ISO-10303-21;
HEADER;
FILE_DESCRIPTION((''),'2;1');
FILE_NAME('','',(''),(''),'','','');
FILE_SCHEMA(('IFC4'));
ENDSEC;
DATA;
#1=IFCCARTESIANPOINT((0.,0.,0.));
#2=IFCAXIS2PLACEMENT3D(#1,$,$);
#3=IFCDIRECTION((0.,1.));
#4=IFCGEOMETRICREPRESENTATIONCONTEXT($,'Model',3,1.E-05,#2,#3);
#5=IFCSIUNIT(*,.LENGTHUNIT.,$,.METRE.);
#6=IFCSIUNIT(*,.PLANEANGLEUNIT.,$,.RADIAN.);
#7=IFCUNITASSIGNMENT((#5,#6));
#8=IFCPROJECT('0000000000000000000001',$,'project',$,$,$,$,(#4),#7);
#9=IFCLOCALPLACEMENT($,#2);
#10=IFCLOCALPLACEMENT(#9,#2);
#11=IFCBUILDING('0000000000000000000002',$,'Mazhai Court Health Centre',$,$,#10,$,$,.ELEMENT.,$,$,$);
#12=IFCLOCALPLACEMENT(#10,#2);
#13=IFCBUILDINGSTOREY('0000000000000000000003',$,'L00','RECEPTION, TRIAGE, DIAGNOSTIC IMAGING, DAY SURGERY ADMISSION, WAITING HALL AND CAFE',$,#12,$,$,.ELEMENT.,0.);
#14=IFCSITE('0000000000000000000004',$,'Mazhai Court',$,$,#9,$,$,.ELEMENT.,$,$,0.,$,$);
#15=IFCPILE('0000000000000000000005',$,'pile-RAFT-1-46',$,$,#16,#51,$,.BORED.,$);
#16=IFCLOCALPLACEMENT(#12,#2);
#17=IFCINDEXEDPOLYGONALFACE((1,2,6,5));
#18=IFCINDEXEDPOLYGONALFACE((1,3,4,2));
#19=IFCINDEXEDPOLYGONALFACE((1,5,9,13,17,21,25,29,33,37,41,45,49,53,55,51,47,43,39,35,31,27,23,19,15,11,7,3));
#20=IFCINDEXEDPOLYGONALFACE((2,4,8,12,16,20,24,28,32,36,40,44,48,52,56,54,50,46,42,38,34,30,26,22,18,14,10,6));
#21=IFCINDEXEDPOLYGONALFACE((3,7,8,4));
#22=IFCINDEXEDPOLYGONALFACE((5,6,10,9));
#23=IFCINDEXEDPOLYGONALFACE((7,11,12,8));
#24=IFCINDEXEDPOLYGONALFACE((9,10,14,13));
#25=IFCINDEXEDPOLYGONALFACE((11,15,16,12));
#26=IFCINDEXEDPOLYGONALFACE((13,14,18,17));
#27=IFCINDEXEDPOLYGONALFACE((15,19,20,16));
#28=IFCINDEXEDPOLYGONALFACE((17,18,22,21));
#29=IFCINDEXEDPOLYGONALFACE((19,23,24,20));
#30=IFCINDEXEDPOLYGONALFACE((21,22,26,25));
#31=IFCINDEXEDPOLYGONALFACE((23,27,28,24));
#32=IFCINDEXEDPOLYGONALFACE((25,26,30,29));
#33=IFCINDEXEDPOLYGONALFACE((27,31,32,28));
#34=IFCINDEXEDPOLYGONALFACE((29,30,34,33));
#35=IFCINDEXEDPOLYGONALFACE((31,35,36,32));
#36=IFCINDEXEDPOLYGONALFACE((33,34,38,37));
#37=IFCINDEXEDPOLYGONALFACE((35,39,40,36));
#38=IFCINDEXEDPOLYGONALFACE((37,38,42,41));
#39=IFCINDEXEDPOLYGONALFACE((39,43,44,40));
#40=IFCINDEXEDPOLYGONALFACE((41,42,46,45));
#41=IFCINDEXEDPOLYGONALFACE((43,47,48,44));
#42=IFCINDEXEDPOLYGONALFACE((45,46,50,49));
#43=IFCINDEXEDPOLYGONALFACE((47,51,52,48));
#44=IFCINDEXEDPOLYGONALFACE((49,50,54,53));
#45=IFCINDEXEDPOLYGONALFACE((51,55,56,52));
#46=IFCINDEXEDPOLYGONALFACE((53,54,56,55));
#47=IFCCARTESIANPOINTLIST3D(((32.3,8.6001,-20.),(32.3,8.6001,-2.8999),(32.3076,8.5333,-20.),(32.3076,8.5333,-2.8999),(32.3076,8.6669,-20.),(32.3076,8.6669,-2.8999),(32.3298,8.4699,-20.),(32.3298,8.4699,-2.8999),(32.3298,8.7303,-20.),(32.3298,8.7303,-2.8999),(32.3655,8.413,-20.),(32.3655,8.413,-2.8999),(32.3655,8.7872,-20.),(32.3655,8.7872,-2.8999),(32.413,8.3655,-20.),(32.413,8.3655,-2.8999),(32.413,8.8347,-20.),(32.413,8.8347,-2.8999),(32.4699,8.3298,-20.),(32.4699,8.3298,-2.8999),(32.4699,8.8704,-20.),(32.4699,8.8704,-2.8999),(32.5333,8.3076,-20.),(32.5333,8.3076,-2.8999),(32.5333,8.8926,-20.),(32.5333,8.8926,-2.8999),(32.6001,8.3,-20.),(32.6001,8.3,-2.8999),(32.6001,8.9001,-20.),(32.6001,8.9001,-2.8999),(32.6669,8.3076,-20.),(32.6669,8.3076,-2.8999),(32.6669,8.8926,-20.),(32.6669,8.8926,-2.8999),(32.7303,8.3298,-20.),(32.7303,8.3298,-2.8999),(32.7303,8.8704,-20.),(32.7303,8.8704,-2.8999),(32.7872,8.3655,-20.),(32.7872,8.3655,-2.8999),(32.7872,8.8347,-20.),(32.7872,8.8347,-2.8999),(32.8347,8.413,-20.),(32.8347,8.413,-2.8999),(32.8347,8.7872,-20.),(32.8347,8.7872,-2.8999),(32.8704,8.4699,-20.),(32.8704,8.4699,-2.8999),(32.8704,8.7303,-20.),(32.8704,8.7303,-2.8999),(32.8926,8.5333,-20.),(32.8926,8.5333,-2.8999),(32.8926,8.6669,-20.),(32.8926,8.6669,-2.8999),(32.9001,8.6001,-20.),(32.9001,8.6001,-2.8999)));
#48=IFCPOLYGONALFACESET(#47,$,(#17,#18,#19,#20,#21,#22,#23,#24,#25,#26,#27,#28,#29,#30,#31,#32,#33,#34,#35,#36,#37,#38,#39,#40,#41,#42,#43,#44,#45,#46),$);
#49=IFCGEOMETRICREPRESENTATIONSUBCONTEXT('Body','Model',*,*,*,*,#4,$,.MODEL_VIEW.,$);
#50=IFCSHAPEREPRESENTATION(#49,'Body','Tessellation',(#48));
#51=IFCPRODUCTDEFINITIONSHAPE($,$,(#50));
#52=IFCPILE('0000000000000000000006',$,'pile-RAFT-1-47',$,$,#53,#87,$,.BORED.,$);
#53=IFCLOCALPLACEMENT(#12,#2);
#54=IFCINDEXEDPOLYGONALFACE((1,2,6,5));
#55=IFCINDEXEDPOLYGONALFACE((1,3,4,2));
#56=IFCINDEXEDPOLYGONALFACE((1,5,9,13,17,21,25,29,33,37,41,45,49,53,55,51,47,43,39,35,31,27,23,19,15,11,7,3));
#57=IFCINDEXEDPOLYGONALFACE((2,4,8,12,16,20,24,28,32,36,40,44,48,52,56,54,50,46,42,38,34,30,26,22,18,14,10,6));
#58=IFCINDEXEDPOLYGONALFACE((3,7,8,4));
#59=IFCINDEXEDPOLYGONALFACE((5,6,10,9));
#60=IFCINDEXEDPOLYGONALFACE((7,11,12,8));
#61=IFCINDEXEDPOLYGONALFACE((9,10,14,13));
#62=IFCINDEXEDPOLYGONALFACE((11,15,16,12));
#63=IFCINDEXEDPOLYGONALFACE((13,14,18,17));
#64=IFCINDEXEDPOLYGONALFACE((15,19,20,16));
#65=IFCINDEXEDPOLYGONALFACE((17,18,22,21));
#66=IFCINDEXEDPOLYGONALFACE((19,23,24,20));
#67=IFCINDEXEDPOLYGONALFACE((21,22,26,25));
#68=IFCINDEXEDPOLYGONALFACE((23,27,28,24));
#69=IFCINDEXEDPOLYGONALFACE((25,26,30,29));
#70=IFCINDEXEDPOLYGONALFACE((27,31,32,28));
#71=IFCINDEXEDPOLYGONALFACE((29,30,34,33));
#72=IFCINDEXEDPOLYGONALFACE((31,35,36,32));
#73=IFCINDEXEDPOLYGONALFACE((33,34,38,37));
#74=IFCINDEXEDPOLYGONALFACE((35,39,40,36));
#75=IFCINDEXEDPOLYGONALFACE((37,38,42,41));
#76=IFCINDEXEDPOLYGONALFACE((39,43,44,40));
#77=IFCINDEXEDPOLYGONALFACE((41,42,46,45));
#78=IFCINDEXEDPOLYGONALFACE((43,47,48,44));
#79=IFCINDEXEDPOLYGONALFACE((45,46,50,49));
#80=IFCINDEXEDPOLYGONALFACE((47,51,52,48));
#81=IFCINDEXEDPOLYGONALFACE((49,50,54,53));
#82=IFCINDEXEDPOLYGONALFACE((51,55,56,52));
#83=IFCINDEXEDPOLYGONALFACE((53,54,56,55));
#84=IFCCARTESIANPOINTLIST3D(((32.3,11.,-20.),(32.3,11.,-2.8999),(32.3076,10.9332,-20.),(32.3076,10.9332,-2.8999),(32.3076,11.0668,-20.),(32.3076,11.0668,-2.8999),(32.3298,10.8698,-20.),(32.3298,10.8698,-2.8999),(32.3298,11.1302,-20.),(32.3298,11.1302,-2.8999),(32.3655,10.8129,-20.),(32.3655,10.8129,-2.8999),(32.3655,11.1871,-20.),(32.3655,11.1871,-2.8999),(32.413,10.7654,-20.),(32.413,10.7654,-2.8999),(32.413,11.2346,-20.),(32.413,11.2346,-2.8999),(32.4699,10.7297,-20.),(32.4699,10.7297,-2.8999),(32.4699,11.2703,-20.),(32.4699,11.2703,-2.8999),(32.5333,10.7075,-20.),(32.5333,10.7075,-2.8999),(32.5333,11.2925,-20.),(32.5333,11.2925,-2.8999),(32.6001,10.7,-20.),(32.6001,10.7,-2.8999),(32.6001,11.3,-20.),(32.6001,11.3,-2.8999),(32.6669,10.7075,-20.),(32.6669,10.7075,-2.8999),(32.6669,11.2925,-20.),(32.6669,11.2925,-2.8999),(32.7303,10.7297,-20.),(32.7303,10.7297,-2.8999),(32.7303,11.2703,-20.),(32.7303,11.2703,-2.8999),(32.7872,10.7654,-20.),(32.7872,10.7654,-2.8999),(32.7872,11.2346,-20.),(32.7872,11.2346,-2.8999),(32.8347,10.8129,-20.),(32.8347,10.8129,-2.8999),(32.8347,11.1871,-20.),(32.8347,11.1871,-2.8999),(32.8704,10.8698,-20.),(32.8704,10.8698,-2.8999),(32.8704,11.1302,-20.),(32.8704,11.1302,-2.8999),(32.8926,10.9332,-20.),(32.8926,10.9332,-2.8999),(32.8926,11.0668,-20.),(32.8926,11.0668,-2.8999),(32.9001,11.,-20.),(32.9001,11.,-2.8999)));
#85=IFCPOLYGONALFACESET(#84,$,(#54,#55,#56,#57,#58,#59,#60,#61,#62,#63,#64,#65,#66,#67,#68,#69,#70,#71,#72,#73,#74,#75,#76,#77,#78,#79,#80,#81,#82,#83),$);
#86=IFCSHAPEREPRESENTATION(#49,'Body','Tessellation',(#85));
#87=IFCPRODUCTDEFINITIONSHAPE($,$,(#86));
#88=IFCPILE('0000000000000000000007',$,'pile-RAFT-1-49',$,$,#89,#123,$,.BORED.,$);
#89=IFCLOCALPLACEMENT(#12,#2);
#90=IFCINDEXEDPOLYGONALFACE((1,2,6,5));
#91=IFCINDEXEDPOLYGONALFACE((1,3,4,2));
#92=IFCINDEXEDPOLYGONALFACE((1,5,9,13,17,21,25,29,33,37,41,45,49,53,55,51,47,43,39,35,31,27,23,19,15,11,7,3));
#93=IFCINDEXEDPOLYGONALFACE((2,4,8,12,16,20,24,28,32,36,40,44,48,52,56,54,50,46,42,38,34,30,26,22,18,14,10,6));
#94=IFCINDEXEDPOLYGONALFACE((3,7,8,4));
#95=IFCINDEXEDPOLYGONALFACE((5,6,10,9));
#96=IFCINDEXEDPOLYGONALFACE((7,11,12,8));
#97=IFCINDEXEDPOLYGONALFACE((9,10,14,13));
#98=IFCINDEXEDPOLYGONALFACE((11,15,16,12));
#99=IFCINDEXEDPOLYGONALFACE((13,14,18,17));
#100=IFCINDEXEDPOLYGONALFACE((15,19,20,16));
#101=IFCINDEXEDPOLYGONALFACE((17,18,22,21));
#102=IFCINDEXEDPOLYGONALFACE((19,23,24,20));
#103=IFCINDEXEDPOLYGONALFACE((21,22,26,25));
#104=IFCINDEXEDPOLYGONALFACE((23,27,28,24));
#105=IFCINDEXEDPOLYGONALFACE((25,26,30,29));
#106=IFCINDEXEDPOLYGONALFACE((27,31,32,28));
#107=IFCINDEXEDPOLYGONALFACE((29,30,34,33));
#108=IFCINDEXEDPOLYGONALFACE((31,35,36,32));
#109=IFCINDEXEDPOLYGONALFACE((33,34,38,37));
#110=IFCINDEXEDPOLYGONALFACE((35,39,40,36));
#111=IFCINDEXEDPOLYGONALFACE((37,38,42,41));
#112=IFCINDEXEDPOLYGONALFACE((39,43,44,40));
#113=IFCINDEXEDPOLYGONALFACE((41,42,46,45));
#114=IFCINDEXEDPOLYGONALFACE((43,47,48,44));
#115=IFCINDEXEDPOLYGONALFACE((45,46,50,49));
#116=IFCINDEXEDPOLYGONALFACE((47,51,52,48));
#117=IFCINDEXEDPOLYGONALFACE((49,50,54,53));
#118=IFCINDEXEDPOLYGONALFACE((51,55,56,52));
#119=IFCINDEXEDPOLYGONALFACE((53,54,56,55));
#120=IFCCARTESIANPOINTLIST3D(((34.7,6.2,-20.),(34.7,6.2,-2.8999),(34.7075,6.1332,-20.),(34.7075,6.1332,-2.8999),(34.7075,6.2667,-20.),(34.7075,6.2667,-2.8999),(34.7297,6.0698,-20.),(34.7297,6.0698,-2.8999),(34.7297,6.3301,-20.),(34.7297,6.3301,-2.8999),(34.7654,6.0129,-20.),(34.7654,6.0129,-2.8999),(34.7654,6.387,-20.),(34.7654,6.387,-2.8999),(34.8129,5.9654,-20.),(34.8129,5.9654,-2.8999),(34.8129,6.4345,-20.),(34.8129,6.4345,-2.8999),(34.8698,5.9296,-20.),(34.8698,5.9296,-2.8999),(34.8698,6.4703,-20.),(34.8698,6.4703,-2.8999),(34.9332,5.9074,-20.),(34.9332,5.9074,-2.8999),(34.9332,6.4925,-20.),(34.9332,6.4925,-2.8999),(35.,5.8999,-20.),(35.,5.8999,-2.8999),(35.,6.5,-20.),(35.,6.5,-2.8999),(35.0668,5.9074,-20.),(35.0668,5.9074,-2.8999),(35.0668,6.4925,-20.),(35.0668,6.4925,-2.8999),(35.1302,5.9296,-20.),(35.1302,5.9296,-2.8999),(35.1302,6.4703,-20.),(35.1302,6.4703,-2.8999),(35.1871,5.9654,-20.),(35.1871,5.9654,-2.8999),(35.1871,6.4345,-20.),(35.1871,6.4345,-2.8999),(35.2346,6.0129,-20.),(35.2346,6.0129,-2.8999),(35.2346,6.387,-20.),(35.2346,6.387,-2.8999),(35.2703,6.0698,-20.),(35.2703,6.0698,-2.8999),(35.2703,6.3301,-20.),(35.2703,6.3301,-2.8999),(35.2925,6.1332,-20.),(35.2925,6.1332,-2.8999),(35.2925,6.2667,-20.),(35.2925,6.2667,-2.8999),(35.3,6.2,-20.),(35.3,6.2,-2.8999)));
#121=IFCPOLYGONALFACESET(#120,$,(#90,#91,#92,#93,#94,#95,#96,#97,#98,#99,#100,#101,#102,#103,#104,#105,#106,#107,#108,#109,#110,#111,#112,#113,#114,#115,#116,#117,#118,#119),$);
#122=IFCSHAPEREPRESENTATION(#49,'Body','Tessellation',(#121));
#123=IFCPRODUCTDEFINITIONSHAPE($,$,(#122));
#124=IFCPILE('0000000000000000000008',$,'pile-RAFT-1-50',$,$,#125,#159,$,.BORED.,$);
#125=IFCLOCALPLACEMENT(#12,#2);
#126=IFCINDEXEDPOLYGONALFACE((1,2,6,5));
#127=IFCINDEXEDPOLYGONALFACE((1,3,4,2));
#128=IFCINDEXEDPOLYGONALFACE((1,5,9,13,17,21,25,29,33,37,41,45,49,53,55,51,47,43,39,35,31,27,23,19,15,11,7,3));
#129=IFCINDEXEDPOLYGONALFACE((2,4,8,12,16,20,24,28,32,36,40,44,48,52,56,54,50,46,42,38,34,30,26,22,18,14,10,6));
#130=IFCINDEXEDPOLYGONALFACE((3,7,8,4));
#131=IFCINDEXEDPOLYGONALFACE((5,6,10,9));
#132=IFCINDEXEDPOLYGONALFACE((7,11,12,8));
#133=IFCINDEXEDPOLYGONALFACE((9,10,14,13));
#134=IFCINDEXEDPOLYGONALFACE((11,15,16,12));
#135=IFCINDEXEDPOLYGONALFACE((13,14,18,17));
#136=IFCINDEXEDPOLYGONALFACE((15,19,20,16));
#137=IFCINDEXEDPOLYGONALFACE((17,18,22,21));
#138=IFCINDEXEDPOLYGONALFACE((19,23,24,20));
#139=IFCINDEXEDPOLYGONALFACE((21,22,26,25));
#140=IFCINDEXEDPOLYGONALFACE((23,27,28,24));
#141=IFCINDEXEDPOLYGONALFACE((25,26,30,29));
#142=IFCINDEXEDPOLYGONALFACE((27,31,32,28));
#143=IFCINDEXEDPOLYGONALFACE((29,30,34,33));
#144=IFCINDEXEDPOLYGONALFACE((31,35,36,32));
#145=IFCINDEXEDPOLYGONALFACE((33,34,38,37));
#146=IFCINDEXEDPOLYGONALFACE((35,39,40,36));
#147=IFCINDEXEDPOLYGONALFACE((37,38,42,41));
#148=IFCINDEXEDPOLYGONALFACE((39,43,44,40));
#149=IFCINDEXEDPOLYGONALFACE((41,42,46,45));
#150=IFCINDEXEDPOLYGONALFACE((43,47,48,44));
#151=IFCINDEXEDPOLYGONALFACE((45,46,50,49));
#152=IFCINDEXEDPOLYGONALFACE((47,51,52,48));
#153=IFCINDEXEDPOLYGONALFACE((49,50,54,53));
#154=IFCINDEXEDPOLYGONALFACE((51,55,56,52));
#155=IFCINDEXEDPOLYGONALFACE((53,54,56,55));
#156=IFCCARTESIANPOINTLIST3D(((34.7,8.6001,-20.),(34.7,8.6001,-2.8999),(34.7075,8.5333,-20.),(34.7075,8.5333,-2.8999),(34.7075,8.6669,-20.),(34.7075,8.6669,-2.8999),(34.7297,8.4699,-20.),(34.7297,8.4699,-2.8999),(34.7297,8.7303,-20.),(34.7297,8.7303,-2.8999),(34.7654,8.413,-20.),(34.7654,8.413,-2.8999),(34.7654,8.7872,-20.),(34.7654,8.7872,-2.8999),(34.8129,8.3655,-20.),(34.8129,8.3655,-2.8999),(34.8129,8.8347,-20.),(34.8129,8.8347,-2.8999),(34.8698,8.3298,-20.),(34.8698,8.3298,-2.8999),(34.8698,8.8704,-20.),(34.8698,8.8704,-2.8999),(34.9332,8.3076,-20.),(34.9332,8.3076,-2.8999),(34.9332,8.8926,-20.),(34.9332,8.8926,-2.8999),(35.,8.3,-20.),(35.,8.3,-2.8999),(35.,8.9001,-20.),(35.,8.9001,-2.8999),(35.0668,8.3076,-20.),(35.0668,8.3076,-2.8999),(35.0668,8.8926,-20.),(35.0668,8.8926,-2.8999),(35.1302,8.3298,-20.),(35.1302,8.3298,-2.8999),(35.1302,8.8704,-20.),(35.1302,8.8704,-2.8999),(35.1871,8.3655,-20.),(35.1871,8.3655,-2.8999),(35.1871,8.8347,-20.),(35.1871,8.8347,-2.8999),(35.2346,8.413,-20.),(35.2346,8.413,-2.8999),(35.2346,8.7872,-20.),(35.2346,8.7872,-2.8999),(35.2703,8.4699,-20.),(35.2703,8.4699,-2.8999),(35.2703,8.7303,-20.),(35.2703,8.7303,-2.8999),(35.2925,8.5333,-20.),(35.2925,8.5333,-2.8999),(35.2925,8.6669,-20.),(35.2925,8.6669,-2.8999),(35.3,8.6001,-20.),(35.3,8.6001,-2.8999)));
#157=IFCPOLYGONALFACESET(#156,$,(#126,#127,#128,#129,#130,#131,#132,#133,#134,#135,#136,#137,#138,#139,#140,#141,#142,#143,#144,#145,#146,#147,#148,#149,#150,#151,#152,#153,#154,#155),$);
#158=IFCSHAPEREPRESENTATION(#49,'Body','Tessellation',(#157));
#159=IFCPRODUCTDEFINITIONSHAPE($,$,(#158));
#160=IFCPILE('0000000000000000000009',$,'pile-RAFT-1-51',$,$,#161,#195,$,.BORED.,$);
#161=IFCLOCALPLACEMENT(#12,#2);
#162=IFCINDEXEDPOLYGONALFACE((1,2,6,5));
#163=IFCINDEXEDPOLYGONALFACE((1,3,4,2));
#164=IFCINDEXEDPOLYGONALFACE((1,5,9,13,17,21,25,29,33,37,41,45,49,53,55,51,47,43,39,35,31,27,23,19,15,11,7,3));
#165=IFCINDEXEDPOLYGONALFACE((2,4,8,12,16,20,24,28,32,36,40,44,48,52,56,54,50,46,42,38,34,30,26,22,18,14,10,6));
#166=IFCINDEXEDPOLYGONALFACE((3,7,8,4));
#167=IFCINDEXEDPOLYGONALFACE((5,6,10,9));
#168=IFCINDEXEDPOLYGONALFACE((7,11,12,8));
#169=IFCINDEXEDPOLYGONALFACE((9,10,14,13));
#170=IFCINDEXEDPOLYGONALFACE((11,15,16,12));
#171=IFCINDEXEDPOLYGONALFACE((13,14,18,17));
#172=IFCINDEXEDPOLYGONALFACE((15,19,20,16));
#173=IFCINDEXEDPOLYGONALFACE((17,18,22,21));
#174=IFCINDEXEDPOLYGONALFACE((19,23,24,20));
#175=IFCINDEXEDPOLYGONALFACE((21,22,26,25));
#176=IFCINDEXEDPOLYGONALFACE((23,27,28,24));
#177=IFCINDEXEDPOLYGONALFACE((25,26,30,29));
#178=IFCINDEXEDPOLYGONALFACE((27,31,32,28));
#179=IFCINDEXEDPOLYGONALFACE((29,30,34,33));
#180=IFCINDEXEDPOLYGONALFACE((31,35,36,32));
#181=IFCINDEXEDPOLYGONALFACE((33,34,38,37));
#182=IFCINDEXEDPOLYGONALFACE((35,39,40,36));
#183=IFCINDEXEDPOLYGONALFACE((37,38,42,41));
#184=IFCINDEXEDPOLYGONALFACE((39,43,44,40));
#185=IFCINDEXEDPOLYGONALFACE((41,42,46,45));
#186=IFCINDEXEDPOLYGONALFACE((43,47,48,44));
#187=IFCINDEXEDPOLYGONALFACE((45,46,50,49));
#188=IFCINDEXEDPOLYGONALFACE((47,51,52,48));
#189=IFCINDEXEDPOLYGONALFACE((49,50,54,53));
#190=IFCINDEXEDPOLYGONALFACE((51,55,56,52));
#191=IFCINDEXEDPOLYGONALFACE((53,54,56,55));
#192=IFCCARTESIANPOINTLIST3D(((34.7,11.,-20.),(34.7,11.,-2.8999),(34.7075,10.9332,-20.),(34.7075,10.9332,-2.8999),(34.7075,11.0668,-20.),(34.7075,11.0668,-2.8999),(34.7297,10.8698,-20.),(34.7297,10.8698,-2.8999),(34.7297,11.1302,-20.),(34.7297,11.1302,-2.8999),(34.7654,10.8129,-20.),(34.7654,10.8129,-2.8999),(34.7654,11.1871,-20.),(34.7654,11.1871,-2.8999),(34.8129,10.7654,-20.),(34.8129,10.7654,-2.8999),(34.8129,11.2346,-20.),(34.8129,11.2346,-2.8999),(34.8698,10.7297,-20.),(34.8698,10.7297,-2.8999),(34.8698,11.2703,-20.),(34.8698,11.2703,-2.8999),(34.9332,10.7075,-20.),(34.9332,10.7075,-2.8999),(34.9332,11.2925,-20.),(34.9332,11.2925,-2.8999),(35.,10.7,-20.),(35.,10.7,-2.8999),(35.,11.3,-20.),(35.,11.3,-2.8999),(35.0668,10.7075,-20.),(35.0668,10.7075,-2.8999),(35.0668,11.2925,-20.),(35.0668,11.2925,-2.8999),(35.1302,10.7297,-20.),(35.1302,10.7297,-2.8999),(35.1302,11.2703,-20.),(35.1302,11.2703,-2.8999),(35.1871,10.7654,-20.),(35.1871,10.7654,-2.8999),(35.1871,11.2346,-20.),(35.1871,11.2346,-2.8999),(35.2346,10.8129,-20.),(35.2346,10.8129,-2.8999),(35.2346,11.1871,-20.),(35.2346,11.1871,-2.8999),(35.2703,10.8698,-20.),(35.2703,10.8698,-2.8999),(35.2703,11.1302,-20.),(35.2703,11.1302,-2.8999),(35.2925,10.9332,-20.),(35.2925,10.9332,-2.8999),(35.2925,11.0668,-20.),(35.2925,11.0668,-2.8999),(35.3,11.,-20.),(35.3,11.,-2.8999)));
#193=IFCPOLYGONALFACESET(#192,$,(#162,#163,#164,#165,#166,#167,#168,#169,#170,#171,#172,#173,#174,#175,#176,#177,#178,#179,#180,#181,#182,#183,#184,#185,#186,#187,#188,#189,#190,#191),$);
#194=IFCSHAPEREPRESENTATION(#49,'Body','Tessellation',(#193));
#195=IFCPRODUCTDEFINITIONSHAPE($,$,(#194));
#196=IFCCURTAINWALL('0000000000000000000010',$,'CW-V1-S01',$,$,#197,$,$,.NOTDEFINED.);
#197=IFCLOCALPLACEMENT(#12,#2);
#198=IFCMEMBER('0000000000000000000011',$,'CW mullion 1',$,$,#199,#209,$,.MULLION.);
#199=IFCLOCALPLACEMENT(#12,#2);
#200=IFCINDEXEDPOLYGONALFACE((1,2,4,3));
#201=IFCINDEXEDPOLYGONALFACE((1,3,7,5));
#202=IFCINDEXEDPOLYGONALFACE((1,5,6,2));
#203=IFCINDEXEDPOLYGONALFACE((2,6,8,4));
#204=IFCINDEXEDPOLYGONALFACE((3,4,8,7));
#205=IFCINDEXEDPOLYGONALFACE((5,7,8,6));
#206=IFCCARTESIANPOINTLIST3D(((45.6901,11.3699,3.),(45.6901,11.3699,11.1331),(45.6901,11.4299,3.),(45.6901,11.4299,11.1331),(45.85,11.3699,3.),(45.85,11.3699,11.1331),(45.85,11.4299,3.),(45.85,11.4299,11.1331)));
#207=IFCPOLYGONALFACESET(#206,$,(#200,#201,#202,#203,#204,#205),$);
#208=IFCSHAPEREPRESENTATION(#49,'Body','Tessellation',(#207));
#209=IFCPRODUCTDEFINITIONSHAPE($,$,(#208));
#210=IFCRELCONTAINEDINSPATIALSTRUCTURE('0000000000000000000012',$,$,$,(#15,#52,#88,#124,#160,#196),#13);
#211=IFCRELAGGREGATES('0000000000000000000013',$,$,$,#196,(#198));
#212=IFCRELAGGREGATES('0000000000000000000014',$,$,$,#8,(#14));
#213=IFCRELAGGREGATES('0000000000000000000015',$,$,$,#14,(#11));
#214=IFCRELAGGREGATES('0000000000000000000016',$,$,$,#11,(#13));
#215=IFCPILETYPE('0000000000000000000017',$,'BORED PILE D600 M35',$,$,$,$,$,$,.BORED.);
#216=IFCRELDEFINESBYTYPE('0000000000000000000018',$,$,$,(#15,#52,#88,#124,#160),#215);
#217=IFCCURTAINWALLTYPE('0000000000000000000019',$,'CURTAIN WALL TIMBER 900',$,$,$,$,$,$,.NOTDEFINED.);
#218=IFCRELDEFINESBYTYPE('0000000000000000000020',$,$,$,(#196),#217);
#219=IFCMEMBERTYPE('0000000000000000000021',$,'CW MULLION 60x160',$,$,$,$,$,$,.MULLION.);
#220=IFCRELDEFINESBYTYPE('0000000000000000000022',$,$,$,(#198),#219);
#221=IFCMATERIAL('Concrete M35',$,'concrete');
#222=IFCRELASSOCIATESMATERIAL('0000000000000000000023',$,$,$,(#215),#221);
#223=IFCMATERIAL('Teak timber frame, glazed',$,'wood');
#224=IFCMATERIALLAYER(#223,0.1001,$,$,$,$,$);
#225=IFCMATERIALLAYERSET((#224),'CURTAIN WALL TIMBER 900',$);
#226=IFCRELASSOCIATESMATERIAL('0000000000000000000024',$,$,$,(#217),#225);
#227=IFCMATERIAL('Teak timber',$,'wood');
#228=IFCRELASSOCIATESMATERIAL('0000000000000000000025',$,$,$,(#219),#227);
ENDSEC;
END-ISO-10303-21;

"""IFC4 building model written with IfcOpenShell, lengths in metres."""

from ifc_helpers import new_model, si_unit, direction, frame, origin, origin_2d, place, context, subcontext, project, spatial, rectangle, circle, extrude, material, layer, layer_set, material_profile, profile_set, type_object, element, aggregate, save


model = new_model("IFC4")

# Units and contexts
model_context = context("Model", 3, precision=1e-05, world=origin(), true_north=direction((0.0, 1.0)))
body_context = subcontext(model_context, "Body", "Model", "MODEL_VIEW")
ifc_project = project(units=[si_unit("LENGTHUNIT", "METRE"), si_unit("PLANEANGLEUNIT", "RADIAN")], contexts=[model_context])

# Site, building, storey
site_placement = place(None, origin())
site = spatial("IfcSite", under=ifc_project, at=site_placement, Name="Mazhai Court", CompositionType="ELEMENT", RefElevation=0.0)
building_placement = place(site_placement, origin())
building = spatial("IfcBuilding", under=site, at=building_placement, Name="Mazhai Court Health Centre", CompositionType="ELEMENT")
storey_placement = place(building_placement, origin())
storey = spatial("IfcBuildingStorey", under=building, at=storey_placement, Name="L00", Description="RECEPTION, TRIAGE, DIAGNOSTIC IMAGING, DAY SURGERY ADMISSION, WAITING HALL AND CAFE", CompositionType="ELEMENT", Elevation=0.0)

# Piles
ifc_material_1 = material(Name="Concrete M35", Category="concrete")
ifc_material_profile_1 = material_profile(ifc_material_1, circle(Radius=0.3, at=origin_2d()), Name="RC PILE D600")
ifc_profile_set_1 = profile_set([ifc_material_profile_1], Name="Concrete M35")
pile_type = type_object("IfcPileType", Name="BORED PILE D600 M35", PredefinedType="BORED", material=ifc_profile_set_1)
for number, where, z_axis, x_axis, name in (
    (1, (32.6001, 8.6001, -2.8999), (0.0, 0.0, -1.0), (1.0, 0.0, 0.0), "pile-RAFT-1-46"),
    (2, (32.6001, 11.0, -2.8999), (0.0, 0.0, -1.0), (1.0, 0.0, 0.0), "pile-RAFT-1-47"),
    (3, (35.0, 6.2, -2.8999), (0.0, 0.0, -1.0), (1.0, 0.0, 0.0), "pile-RAFT-1-49"),
    (4, (35.0, 8.6001, -2.8999), (0.0, 0.0, -1.0), (1.0, 0.0, 0.0), "pile-RAFT-1-50"),
    (5, (35.0, 11.0, -2.8999), (0.0, 0.0, -1.0), (1.0, 0.0, 0.0), "pile-RAFT-1-51"),
):
    element("IfcPile", number, at=place(storey_placement, frame(where, z_axis=z_axis, x_axis=x_axis)), inside=storey, type_object=pile_type, Name=name, PredefinedType="BORED", context=body_context, shape_type="SweptSolid", body=[
        extrude(circle(Radius=0.3, at=origin_2d()), origin(), (0.0, 0.0, 1.0), 17.1001),
    ])

# Curtain wall, member
ifc_material_2 = material(Name="Teak timber frame, glazed", Category="wood")
ifc_layer_1 = layer(ifc_material_2, 0.1001)
ifc_layer_set_1 = layer_set([ifc_layer_1], Name="CURTAIN WALL TIMBER 900")
curtain_wall_type = type_object("IfcCurtainWallType", Name="CURTAIN WALL TIMBER 900", PredefinedType="NOTDEFINED", material=ifc_layer_set_1)
curtain_wall_1_placement = place(storey_placement, origin())
curtain_wall_1 = element("IfcCurtainWall", 6, at=curtain_wall_1_placement, inside=storey, type_object=curtain_wall_type, Name="CW-V1-S01", PredefinedType="NOTDEFINED")
ifc_material_3 = material(Name="Teak timber", Category="wood")
ifc_material_profile_2 = material_profile(ifc_material_3, rectangle(XDim=0.0601, YDim=0.1599, at=origin_2d()), Name="CW MULLION 60x160")
ifc_profile_set_2 = profile_set([ifc_material_profile_2], Name="Teak timber")
member_type_1 = type_object("IfcMemberType", Name="CW MULLION 60x160", PredefinedType="MULLION", material=ifc_profile_set_2)
member_1_placement = place(storey_placement, frame((45.77, 11.3999, 3.0), z_axis=(0.0, 0.0, 1.0), x_axis=(0.0, -1.0, 0.0)))
member_1 = element("IfcMember", 7, at=member_1_placement, type_object=member_type_1, Name="CW mullion 1", PredefinedType="MULLION", context=body_context, shape_type="SweptSolid", body=[
    extrude(rectangle(XDim=0.0601, YDim=0.1599, at=origin_2d()), origin(), (0.0, 0.0, 1.0), 8.1331),
])

aggregate(curtain_wall_1, [member_1])

save(model, "model.ifc")
